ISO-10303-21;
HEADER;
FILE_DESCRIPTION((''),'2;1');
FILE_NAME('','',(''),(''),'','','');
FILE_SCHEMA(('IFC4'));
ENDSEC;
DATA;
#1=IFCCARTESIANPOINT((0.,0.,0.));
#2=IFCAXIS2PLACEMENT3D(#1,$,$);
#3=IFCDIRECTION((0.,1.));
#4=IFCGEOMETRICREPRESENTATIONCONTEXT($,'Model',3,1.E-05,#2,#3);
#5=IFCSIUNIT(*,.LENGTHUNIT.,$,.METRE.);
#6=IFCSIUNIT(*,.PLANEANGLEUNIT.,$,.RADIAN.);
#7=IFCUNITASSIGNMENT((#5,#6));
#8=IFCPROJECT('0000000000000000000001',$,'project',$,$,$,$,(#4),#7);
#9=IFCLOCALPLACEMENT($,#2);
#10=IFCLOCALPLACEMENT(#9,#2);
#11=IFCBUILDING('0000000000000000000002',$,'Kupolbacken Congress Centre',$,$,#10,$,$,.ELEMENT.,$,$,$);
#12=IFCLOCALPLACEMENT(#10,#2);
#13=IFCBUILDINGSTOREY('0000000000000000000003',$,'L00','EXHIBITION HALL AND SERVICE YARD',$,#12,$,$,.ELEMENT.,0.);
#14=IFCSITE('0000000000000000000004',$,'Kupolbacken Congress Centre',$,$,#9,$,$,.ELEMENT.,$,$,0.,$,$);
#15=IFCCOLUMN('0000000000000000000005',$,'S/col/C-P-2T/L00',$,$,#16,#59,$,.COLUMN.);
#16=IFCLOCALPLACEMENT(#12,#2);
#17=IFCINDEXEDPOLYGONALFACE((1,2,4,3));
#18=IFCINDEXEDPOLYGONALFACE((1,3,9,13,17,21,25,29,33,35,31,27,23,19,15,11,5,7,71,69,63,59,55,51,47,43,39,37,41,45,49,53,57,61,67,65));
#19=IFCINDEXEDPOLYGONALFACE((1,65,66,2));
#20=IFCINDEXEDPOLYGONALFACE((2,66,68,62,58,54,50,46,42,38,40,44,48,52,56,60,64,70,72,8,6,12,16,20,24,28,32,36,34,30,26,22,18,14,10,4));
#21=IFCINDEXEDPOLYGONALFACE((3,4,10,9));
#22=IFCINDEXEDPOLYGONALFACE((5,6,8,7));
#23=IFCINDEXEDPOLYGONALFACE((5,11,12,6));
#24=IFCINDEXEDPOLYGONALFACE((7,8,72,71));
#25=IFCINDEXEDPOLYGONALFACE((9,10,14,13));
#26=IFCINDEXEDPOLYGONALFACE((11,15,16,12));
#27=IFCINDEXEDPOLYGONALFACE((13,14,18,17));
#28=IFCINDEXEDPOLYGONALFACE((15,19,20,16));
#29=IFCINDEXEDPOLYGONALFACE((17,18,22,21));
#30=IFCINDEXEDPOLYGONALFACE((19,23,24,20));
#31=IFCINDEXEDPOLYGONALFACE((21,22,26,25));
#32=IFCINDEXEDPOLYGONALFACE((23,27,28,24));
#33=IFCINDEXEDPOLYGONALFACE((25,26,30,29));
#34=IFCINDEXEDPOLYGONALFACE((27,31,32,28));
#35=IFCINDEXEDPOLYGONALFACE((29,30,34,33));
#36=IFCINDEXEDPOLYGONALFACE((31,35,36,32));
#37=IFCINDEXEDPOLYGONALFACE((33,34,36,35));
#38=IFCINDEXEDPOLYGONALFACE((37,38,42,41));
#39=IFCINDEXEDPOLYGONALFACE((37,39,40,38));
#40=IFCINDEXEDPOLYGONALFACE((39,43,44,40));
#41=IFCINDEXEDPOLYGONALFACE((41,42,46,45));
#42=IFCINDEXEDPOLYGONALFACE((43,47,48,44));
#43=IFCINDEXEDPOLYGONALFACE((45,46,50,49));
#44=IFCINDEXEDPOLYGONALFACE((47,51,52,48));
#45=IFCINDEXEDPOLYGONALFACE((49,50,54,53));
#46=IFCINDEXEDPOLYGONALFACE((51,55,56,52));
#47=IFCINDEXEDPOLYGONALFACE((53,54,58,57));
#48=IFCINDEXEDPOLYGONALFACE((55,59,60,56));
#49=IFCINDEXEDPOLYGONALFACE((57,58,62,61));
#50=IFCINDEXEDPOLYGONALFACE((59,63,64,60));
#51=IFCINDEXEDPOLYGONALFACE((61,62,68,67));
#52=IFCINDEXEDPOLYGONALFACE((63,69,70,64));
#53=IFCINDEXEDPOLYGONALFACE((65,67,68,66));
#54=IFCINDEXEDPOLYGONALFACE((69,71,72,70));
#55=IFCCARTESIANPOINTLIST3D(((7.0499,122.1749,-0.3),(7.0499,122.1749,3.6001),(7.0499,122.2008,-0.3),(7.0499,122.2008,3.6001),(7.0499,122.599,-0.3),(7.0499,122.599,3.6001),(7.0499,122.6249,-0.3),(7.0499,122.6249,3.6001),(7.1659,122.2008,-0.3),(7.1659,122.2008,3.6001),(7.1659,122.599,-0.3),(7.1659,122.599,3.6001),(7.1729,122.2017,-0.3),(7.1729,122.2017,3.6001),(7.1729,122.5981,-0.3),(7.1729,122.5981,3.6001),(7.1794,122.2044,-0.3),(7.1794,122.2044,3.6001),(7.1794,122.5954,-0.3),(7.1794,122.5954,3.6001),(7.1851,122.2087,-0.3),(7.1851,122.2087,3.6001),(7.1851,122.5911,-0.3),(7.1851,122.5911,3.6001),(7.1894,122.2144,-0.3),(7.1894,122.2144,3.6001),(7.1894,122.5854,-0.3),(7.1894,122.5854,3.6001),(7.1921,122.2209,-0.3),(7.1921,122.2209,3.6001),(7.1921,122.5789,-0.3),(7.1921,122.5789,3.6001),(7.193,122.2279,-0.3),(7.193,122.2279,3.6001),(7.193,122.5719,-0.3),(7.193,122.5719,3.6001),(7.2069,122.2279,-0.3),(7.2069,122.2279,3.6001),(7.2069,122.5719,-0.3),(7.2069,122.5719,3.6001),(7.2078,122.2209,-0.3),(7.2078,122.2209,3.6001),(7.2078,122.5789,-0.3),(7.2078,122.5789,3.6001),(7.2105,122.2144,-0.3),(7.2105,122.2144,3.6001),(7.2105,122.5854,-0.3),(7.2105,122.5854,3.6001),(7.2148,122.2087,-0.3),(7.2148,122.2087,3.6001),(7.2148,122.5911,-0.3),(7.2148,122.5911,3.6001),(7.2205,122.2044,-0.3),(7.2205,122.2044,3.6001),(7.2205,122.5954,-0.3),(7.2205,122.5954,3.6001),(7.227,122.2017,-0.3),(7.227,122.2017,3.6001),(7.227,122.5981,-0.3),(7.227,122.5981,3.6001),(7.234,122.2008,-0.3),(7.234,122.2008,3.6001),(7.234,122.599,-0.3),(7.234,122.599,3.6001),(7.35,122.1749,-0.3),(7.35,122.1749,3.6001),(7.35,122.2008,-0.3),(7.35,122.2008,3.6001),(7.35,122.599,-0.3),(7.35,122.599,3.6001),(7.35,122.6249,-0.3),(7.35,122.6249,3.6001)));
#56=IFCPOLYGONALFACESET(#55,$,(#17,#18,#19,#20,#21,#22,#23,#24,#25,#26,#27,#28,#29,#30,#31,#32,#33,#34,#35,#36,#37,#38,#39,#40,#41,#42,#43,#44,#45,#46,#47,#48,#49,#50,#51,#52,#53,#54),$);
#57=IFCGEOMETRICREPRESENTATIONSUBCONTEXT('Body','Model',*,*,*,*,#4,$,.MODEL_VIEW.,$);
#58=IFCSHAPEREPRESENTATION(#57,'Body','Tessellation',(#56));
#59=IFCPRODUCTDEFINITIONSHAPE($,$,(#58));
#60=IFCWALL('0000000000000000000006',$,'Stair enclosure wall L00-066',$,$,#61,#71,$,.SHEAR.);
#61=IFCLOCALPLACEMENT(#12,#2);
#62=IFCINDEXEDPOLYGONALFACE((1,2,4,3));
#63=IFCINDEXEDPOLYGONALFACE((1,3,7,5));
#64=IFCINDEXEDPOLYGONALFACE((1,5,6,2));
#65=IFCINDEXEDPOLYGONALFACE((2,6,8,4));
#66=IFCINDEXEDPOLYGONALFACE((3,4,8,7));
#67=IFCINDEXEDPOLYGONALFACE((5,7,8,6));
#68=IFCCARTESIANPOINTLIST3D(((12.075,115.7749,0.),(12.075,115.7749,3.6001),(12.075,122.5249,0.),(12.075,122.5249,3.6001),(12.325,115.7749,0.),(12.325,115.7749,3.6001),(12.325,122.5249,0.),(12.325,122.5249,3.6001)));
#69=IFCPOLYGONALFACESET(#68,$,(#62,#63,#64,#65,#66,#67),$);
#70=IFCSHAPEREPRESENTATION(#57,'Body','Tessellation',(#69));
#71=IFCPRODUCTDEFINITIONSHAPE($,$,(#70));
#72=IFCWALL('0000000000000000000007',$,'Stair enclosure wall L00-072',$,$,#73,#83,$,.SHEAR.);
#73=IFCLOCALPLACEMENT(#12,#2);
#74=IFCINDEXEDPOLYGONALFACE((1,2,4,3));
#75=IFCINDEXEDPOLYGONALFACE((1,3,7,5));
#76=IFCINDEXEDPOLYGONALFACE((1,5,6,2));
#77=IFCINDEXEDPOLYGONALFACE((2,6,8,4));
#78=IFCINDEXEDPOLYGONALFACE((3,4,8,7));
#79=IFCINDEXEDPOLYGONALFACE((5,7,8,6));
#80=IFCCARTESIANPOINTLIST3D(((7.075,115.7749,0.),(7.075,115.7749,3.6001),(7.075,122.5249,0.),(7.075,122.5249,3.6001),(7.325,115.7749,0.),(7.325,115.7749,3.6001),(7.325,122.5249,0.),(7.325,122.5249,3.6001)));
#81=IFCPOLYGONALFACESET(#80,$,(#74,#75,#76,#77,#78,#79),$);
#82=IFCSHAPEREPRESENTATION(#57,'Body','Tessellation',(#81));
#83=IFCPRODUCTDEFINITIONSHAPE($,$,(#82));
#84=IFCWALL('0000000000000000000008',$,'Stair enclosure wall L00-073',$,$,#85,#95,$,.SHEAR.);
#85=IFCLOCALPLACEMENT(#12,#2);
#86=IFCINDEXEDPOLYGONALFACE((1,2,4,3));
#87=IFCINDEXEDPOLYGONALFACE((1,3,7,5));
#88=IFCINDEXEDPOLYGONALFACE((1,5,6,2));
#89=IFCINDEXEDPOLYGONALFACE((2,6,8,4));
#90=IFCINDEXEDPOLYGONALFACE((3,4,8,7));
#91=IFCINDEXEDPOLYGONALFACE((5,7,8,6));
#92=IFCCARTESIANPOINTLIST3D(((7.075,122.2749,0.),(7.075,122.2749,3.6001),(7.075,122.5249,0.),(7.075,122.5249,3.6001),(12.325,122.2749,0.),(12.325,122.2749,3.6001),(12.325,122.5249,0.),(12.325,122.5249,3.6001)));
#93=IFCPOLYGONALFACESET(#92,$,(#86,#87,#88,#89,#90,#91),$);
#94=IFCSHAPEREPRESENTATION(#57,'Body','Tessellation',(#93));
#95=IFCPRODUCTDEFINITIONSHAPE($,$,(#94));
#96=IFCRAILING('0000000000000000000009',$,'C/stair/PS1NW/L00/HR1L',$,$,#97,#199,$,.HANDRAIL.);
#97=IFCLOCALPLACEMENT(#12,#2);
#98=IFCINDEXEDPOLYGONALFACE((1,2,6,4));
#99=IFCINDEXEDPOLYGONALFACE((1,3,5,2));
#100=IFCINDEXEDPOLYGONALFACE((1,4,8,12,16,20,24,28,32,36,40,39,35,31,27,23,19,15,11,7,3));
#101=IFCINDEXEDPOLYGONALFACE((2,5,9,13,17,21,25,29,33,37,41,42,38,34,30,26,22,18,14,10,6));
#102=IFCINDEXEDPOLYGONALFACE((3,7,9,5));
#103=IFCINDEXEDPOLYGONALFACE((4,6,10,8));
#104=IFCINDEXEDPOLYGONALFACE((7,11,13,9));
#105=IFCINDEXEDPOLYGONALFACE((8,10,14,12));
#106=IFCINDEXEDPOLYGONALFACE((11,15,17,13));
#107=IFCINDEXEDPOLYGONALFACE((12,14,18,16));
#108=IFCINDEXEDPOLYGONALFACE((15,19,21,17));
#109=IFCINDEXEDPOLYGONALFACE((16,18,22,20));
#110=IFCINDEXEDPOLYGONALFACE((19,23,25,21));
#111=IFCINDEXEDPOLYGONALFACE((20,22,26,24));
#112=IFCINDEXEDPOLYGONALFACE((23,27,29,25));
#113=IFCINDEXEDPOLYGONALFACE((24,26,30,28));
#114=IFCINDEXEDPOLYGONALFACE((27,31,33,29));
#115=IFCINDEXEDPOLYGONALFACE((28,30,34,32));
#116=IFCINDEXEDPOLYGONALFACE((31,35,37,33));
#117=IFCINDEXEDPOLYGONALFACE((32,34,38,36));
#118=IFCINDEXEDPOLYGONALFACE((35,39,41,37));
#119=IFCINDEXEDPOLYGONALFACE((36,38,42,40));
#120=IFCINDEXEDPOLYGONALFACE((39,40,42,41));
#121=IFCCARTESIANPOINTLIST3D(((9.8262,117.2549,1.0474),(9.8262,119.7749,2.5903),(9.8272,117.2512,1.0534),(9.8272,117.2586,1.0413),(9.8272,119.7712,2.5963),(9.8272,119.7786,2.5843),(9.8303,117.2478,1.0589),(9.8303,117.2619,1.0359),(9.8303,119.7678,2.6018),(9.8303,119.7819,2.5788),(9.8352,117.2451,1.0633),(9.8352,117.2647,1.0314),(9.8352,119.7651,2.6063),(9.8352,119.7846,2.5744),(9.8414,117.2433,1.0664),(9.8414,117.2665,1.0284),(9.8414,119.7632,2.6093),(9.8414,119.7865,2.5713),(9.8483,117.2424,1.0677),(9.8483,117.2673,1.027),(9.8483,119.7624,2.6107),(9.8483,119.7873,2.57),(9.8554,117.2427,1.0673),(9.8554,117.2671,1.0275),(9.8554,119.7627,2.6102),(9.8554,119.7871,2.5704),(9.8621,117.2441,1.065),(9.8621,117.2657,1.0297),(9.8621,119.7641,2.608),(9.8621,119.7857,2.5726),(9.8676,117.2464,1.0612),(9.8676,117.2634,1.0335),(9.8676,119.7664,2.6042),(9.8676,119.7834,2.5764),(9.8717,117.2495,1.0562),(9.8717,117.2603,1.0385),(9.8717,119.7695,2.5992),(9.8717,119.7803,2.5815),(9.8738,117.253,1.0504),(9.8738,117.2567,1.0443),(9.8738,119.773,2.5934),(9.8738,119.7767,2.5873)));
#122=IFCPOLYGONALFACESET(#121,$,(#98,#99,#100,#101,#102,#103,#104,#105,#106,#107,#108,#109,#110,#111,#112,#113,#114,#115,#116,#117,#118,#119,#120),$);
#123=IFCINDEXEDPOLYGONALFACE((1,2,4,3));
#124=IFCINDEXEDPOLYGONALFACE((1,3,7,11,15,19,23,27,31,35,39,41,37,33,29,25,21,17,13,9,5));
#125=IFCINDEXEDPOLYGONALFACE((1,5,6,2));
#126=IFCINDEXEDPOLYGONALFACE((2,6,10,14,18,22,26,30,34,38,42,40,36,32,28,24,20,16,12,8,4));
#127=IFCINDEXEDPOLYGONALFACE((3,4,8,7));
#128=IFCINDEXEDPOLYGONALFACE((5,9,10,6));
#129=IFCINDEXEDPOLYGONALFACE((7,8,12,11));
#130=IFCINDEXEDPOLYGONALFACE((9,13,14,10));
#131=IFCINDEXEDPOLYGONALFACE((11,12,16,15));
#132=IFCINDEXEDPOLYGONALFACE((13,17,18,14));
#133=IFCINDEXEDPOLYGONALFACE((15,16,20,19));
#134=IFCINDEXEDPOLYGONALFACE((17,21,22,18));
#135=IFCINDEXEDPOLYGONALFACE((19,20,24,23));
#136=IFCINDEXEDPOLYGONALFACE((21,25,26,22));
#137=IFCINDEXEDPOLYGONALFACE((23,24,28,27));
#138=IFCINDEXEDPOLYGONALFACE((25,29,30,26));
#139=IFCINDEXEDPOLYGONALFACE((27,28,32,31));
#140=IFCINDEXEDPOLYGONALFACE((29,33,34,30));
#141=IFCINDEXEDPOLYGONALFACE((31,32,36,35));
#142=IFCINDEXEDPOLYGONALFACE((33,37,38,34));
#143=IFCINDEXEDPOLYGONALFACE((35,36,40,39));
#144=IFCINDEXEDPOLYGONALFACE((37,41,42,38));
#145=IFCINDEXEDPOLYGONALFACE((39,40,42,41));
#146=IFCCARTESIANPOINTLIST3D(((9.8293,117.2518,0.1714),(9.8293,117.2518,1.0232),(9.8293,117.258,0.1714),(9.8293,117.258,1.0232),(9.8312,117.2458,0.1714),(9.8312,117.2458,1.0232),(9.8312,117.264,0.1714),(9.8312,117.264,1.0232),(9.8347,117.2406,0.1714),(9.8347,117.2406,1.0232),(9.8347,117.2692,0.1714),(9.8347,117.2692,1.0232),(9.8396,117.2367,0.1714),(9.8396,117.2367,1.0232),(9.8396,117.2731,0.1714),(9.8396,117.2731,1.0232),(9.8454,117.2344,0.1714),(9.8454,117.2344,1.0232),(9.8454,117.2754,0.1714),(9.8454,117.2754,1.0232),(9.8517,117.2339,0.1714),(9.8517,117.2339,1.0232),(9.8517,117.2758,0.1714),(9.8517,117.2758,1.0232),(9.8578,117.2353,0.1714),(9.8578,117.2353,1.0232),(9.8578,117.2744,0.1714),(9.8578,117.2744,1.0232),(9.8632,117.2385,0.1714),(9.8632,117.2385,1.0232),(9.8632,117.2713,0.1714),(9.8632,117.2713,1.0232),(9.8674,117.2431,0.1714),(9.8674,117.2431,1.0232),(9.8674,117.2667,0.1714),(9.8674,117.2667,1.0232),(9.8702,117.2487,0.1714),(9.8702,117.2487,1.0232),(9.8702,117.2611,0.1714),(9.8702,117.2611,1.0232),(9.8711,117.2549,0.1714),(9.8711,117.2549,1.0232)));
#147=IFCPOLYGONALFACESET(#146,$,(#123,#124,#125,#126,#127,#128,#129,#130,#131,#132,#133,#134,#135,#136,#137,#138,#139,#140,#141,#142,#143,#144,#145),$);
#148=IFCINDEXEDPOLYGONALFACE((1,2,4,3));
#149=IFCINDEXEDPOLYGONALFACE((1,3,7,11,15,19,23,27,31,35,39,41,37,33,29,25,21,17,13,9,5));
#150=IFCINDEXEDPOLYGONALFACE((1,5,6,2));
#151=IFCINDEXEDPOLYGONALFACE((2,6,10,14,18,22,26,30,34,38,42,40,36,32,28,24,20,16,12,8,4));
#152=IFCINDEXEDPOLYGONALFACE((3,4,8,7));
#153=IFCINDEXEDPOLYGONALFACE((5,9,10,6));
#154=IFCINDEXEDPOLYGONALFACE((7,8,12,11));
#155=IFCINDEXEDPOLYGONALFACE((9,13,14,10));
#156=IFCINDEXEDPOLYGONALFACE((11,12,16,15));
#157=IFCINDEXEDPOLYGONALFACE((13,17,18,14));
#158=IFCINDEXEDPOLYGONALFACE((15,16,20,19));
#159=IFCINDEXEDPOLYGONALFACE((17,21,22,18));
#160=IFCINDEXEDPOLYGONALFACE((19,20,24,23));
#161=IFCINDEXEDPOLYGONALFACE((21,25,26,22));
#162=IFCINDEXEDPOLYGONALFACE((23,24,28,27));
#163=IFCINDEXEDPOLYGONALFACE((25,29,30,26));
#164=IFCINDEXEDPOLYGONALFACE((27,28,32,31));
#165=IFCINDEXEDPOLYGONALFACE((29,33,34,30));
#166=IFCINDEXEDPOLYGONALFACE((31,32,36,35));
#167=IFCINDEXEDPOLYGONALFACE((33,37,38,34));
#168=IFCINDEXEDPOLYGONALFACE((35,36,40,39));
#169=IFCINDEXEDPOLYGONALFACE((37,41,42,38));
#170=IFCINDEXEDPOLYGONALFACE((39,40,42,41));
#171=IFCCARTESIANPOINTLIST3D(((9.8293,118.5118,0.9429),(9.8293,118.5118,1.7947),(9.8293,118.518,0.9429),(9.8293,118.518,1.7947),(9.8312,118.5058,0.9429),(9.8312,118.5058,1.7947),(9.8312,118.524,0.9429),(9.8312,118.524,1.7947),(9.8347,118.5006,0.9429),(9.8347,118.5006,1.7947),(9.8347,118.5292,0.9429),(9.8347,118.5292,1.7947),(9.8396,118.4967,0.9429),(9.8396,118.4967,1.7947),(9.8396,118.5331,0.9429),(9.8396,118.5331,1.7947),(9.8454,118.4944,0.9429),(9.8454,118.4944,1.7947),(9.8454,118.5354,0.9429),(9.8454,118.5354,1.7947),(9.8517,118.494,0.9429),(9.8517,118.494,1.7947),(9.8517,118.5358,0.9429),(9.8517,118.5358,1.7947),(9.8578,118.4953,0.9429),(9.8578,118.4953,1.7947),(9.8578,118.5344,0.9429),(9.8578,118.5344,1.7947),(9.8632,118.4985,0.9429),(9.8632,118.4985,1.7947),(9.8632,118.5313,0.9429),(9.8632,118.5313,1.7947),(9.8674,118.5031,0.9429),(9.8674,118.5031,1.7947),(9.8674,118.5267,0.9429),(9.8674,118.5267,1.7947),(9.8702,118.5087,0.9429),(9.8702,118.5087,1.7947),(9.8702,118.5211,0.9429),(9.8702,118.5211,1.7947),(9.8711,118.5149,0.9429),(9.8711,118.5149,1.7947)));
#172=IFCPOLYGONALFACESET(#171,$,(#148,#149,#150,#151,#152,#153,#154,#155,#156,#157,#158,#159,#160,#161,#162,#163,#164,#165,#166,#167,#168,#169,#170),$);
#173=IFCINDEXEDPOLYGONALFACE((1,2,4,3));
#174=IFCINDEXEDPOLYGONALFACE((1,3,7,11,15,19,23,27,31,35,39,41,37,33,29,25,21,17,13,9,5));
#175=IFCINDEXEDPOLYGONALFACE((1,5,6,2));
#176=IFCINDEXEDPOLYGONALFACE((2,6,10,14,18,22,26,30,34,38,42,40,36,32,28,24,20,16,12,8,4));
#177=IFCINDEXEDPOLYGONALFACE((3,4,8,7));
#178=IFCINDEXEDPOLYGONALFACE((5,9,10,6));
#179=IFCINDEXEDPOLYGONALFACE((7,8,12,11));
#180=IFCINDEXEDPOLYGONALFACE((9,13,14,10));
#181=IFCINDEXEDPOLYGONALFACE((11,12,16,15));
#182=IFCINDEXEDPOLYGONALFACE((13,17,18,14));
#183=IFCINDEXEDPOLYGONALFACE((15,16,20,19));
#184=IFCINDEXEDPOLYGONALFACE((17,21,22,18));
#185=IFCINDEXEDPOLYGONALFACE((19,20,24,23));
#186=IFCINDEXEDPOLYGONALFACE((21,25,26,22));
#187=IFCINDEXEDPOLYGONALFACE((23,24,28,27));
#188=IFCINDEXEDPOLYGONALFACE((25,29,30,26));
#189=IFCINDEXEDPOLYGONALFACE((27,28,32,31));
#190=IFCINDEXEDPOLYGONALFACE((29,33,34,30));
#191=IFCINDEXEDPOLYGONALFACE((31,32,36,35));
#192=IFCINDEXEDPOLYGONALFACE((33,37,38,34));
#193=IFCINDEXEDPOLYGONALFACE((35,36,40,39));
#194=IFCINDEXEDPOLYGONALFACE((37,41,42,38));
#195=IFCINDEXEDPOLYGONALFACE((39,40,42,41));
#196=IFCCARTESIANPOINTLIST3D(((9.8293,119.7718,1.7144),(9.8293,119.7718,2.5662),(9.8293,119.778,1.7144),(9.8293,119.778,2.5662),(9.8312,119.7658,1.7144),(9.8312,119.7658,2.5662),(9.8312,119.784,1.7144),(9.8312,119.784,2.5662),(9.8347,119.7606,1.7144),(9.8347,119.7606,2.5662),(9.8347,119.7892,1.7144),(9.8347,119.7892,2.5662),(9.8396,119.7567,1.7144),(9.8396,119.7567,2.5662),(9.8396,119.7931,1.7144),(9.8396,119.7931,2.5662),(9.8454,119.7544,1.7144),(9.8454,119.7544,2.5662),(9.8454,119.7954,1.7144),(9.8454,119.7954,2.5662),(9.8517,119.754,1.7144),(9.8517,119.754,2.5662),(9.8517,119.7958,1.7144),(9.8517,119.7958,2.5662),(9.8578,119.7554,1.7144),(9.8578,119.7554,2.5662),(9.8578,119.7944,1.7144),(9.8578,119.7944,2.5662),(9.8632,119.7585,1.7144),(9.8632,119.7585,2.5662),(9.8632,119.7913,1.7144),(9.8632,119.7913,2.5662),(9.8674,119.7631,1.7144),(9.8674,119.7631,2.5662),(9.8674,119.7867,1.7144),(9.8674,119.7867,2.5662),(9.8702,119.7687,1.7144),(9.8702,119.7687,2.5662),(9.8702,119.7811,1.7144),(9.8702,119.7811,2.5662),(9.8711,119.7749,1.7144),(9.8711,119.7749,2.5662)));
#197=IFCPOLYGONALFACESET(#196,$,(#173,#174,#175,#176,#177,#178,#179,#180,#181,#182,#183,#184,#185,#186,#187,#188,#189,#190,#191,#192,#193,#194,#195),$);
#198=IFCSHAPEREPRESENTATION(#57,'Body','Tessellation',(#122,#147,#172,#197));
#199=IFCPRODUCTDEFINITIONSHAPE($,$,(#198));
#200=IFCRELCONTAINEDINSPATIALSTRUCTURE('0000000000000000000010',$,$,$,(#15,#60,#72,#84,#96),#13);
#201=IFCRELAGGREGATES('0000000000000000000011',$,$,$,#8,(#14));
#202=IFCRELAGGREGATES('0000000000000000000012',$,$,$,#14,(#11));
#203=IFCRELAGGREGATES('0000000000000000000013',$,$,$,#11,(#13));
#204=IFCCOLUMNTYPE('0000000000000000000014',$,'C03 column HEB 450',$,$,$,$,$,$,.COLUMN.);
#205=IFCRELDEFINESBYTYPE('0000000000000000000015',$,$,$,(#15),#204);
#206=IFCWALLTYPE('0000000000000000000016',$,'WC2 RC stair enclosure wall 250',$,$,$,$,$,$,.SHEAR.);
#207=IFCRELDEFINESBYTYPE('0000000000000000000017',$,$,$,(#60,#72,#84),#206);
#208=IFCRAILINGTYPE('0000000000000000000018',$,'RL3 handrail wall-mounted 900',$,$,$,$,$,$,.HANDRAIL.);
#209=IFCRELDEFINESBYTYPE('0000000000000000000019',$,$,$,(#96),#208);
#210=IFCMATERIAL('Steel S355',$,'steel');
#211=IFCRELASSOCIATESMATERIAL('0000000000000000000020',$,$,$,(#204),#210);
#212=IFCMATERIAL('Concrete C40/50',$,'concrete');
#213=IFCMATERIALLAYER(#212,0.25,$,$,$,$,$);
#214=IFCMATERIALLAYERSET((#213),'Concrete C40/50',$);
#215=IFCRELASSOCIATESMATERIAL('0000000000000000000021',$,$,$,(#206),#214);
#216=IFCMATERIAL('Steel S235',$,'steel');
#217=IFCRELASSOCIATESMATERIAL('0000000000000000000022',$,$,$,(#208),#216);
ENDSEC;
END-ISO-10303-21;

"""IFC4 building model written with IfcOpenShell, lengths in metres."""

from ifc_helpers import new_model, si_unit, direction, frame, frame_2d, origin, origin_2d, place, context, subcontext, project, spatial, rectangle, circle, i_section, extrude, material, layer, layer_set, material_profile, profile_set, type_object, element, save


model = new_model("IFC4")

# Units and contexts
model_context = context("Model", 3, precision=1e-05, world=origin(), true_north=direction((0.0, 1.0)))
body_context = subcontext(model_context, "Body", "Model", "MODEL_VIEW")
ifc_project = project(units=[si_unit("LENGTHUNIT", "METRE"), si_unit("PLANEANGLEUNIT", "RADIAN")], contexts=[model_context])

# Site, building, storey
site_placement = place(None, origin())
site = spatial("IfcSite", under=ifc_project, at=site_placement, Name="Kupolbacken Congress Centre", CompositionType="ELEMENT", RefElevation=0.0)
building_placement = place(site_placement, origin())
building = spatial("IfcBuilding", under=site, at=building_placement, Name="Kupolbacken Congress Centre", CompositionType="ELEMENT")
storey_placement = place(building_placement, origin())
storey = spatial("IfcBuildingStorey", under=building, at=storey_placement, Name="L00", Description="EXHIBITION HALL AND SERVICE YARD", CompositionType="ELEMENT", Elevation=0.0)

# Column
ifc_material_1 = material(Name="Steel S355", Category="steel")
ifc_material_profile_1 = material_profile(ifc_material_1, i_section(OverallWidth=0.3, OverallDepth=0.45, WebThickness=0.0139, FlangeThickness=0.0259, FilletRadius=0.0271, at=origin_2d()), Name="HEB 450")
ifc_profile_set_1 = profile_set([ifc_material_profile_1], Name="Steel S355")
column_type = type_object("IfcColumnType", Name="C03 column HEB 450", PredefinedType="COLUMN", material=ifc_profile_set_1)
column_placement = place(storey_placement, frame((7.2, 122.3999, -0.3), z_axis=(0.0, 0.0, 1.0), x_axis=(1.0, 0.0, 0.0)))
element("IfcColumn", 1, at=column_placement, inside=storey, type_object=column_type, Name="S/col/C-P-2T/L00", PredefinedType="COLUMN", context=body_context, shape_type="SweptSolid", body=[
    extrude(i_section(OverallWidth=0.3, OverallDepth=0.45, WebThickness=0.0139, FlangeThickness=0.0259, FilletRadius=0.0271, at=origin_2d()), origin(), (0.0, 0.0, 1.0), 3.9001),
])

# Shared definitions
ifc_material_2 = material(Name="Concrete C40/50", Category="concrete")
ifc_layer_1 = layer(ifc_material_2, 0.25)
ifc_layer_set_1 = layer_set([ifc_layer_1], Name="Concrete C40/50")
wall_type = type_object("IfcWallType", Name="WC2 RC stair enclosure wall 250", PredefinedType="SHEAR", material=ifc_layer_set_1)

# Walls
for number, where, z_axis, x_axis, name in (
    (2, (12.2, 115.7749, 0.0), (0.0, 0.0, 1.0), (0.0, 1.0, 0.0), "Stair enclosure wall L00-066"),
    (3, (7.2, 122.5249, 0.0), (0.0, 0.0, 1.0), (0.0, -1.0, 0.0), "Stair enclosure wall L00-072"),
):
    element("IfcWall", number, at=place(storey_placement, frame(where, z_axis=z_axis, x_axis=x_axis)), inside=storey, type_object=wall_type, Name=name, PredefinedType="SHEAR", context=body_context, shape_type="SweptSolid", body=[
        extrude(rectangle(XDim=6.75, YDim=0.25, at=frame_2d((3.375, 0.0))), origin(), (0.0, 0.0, 1.0), 3.6001),
    ])
wall_1_placement = place(storey_placement, frame((12.325, 122.3999, 0.0), z_axis=(0.0, 0.0, 1.0), x_axis=(-1.0, 0.0, 0.0)))
element("IfcWall", 4, at=wall_1_placement, inside=storey, type_object=wall_type, Name="Stair enclosure wall L00-073", PredefinedType="SHEAR", context=body_context, shape_type="SweptSolid", body=[
    extrude(rectangle(XDim=5.25, YDim=0.25, at=frame_2d((2.625, 0.0))), origin(), (0.0, 0.0, 1.0), 3.6001),
])

# Railing
ifc_material_3 = material(Name="Steel S235", Category="steel")
railing_type = type_object("IfcRailingType", Name="RL3 handrail wall-mounted 900", PredefinedType="HANDRAIL", material=ifc_material_3)
for number, where, name in (
    (5, (9.8501, 117.2549, 0.1714), "C/stair/PS1NW/L00/HR1L"),
):
    element("IfcRailing", number, at=place(storey_placement, frame(where)), inside=storey, type_object=railing_type, Name=name, PredefinedType="HANDRAIL", context=body_context, shape_type="SweptSolid", body=[
        extrude(circle(Radius=0.0239, at=origin_2d()), frame((0.0, 0.0, 0.876), z_axis=(0.0, 0.852836, 0.522178), x_axis=(-1.0, 0.0, 0.0)), (0.0, 0.0, 1.0), 2.9548),
        extrude(circle(Radius=0.021, at=origin_2d()), origin(), (0.0, 0.0, 1.0), 0.8518),
        extrude(circle(Radius=0.021, at=origin_2d()), frame((0.0, 1.26, 0.7715)), (0.0, 0.0, 1.0), 0.8518),
        extrude(circle(Radius=0.021, at=origin_2d()), frame((0.0, 2.52, 1.543)), (0.0, 0.0, 1.0), 0.8518),
    ])

save(model, "model.ifc")
